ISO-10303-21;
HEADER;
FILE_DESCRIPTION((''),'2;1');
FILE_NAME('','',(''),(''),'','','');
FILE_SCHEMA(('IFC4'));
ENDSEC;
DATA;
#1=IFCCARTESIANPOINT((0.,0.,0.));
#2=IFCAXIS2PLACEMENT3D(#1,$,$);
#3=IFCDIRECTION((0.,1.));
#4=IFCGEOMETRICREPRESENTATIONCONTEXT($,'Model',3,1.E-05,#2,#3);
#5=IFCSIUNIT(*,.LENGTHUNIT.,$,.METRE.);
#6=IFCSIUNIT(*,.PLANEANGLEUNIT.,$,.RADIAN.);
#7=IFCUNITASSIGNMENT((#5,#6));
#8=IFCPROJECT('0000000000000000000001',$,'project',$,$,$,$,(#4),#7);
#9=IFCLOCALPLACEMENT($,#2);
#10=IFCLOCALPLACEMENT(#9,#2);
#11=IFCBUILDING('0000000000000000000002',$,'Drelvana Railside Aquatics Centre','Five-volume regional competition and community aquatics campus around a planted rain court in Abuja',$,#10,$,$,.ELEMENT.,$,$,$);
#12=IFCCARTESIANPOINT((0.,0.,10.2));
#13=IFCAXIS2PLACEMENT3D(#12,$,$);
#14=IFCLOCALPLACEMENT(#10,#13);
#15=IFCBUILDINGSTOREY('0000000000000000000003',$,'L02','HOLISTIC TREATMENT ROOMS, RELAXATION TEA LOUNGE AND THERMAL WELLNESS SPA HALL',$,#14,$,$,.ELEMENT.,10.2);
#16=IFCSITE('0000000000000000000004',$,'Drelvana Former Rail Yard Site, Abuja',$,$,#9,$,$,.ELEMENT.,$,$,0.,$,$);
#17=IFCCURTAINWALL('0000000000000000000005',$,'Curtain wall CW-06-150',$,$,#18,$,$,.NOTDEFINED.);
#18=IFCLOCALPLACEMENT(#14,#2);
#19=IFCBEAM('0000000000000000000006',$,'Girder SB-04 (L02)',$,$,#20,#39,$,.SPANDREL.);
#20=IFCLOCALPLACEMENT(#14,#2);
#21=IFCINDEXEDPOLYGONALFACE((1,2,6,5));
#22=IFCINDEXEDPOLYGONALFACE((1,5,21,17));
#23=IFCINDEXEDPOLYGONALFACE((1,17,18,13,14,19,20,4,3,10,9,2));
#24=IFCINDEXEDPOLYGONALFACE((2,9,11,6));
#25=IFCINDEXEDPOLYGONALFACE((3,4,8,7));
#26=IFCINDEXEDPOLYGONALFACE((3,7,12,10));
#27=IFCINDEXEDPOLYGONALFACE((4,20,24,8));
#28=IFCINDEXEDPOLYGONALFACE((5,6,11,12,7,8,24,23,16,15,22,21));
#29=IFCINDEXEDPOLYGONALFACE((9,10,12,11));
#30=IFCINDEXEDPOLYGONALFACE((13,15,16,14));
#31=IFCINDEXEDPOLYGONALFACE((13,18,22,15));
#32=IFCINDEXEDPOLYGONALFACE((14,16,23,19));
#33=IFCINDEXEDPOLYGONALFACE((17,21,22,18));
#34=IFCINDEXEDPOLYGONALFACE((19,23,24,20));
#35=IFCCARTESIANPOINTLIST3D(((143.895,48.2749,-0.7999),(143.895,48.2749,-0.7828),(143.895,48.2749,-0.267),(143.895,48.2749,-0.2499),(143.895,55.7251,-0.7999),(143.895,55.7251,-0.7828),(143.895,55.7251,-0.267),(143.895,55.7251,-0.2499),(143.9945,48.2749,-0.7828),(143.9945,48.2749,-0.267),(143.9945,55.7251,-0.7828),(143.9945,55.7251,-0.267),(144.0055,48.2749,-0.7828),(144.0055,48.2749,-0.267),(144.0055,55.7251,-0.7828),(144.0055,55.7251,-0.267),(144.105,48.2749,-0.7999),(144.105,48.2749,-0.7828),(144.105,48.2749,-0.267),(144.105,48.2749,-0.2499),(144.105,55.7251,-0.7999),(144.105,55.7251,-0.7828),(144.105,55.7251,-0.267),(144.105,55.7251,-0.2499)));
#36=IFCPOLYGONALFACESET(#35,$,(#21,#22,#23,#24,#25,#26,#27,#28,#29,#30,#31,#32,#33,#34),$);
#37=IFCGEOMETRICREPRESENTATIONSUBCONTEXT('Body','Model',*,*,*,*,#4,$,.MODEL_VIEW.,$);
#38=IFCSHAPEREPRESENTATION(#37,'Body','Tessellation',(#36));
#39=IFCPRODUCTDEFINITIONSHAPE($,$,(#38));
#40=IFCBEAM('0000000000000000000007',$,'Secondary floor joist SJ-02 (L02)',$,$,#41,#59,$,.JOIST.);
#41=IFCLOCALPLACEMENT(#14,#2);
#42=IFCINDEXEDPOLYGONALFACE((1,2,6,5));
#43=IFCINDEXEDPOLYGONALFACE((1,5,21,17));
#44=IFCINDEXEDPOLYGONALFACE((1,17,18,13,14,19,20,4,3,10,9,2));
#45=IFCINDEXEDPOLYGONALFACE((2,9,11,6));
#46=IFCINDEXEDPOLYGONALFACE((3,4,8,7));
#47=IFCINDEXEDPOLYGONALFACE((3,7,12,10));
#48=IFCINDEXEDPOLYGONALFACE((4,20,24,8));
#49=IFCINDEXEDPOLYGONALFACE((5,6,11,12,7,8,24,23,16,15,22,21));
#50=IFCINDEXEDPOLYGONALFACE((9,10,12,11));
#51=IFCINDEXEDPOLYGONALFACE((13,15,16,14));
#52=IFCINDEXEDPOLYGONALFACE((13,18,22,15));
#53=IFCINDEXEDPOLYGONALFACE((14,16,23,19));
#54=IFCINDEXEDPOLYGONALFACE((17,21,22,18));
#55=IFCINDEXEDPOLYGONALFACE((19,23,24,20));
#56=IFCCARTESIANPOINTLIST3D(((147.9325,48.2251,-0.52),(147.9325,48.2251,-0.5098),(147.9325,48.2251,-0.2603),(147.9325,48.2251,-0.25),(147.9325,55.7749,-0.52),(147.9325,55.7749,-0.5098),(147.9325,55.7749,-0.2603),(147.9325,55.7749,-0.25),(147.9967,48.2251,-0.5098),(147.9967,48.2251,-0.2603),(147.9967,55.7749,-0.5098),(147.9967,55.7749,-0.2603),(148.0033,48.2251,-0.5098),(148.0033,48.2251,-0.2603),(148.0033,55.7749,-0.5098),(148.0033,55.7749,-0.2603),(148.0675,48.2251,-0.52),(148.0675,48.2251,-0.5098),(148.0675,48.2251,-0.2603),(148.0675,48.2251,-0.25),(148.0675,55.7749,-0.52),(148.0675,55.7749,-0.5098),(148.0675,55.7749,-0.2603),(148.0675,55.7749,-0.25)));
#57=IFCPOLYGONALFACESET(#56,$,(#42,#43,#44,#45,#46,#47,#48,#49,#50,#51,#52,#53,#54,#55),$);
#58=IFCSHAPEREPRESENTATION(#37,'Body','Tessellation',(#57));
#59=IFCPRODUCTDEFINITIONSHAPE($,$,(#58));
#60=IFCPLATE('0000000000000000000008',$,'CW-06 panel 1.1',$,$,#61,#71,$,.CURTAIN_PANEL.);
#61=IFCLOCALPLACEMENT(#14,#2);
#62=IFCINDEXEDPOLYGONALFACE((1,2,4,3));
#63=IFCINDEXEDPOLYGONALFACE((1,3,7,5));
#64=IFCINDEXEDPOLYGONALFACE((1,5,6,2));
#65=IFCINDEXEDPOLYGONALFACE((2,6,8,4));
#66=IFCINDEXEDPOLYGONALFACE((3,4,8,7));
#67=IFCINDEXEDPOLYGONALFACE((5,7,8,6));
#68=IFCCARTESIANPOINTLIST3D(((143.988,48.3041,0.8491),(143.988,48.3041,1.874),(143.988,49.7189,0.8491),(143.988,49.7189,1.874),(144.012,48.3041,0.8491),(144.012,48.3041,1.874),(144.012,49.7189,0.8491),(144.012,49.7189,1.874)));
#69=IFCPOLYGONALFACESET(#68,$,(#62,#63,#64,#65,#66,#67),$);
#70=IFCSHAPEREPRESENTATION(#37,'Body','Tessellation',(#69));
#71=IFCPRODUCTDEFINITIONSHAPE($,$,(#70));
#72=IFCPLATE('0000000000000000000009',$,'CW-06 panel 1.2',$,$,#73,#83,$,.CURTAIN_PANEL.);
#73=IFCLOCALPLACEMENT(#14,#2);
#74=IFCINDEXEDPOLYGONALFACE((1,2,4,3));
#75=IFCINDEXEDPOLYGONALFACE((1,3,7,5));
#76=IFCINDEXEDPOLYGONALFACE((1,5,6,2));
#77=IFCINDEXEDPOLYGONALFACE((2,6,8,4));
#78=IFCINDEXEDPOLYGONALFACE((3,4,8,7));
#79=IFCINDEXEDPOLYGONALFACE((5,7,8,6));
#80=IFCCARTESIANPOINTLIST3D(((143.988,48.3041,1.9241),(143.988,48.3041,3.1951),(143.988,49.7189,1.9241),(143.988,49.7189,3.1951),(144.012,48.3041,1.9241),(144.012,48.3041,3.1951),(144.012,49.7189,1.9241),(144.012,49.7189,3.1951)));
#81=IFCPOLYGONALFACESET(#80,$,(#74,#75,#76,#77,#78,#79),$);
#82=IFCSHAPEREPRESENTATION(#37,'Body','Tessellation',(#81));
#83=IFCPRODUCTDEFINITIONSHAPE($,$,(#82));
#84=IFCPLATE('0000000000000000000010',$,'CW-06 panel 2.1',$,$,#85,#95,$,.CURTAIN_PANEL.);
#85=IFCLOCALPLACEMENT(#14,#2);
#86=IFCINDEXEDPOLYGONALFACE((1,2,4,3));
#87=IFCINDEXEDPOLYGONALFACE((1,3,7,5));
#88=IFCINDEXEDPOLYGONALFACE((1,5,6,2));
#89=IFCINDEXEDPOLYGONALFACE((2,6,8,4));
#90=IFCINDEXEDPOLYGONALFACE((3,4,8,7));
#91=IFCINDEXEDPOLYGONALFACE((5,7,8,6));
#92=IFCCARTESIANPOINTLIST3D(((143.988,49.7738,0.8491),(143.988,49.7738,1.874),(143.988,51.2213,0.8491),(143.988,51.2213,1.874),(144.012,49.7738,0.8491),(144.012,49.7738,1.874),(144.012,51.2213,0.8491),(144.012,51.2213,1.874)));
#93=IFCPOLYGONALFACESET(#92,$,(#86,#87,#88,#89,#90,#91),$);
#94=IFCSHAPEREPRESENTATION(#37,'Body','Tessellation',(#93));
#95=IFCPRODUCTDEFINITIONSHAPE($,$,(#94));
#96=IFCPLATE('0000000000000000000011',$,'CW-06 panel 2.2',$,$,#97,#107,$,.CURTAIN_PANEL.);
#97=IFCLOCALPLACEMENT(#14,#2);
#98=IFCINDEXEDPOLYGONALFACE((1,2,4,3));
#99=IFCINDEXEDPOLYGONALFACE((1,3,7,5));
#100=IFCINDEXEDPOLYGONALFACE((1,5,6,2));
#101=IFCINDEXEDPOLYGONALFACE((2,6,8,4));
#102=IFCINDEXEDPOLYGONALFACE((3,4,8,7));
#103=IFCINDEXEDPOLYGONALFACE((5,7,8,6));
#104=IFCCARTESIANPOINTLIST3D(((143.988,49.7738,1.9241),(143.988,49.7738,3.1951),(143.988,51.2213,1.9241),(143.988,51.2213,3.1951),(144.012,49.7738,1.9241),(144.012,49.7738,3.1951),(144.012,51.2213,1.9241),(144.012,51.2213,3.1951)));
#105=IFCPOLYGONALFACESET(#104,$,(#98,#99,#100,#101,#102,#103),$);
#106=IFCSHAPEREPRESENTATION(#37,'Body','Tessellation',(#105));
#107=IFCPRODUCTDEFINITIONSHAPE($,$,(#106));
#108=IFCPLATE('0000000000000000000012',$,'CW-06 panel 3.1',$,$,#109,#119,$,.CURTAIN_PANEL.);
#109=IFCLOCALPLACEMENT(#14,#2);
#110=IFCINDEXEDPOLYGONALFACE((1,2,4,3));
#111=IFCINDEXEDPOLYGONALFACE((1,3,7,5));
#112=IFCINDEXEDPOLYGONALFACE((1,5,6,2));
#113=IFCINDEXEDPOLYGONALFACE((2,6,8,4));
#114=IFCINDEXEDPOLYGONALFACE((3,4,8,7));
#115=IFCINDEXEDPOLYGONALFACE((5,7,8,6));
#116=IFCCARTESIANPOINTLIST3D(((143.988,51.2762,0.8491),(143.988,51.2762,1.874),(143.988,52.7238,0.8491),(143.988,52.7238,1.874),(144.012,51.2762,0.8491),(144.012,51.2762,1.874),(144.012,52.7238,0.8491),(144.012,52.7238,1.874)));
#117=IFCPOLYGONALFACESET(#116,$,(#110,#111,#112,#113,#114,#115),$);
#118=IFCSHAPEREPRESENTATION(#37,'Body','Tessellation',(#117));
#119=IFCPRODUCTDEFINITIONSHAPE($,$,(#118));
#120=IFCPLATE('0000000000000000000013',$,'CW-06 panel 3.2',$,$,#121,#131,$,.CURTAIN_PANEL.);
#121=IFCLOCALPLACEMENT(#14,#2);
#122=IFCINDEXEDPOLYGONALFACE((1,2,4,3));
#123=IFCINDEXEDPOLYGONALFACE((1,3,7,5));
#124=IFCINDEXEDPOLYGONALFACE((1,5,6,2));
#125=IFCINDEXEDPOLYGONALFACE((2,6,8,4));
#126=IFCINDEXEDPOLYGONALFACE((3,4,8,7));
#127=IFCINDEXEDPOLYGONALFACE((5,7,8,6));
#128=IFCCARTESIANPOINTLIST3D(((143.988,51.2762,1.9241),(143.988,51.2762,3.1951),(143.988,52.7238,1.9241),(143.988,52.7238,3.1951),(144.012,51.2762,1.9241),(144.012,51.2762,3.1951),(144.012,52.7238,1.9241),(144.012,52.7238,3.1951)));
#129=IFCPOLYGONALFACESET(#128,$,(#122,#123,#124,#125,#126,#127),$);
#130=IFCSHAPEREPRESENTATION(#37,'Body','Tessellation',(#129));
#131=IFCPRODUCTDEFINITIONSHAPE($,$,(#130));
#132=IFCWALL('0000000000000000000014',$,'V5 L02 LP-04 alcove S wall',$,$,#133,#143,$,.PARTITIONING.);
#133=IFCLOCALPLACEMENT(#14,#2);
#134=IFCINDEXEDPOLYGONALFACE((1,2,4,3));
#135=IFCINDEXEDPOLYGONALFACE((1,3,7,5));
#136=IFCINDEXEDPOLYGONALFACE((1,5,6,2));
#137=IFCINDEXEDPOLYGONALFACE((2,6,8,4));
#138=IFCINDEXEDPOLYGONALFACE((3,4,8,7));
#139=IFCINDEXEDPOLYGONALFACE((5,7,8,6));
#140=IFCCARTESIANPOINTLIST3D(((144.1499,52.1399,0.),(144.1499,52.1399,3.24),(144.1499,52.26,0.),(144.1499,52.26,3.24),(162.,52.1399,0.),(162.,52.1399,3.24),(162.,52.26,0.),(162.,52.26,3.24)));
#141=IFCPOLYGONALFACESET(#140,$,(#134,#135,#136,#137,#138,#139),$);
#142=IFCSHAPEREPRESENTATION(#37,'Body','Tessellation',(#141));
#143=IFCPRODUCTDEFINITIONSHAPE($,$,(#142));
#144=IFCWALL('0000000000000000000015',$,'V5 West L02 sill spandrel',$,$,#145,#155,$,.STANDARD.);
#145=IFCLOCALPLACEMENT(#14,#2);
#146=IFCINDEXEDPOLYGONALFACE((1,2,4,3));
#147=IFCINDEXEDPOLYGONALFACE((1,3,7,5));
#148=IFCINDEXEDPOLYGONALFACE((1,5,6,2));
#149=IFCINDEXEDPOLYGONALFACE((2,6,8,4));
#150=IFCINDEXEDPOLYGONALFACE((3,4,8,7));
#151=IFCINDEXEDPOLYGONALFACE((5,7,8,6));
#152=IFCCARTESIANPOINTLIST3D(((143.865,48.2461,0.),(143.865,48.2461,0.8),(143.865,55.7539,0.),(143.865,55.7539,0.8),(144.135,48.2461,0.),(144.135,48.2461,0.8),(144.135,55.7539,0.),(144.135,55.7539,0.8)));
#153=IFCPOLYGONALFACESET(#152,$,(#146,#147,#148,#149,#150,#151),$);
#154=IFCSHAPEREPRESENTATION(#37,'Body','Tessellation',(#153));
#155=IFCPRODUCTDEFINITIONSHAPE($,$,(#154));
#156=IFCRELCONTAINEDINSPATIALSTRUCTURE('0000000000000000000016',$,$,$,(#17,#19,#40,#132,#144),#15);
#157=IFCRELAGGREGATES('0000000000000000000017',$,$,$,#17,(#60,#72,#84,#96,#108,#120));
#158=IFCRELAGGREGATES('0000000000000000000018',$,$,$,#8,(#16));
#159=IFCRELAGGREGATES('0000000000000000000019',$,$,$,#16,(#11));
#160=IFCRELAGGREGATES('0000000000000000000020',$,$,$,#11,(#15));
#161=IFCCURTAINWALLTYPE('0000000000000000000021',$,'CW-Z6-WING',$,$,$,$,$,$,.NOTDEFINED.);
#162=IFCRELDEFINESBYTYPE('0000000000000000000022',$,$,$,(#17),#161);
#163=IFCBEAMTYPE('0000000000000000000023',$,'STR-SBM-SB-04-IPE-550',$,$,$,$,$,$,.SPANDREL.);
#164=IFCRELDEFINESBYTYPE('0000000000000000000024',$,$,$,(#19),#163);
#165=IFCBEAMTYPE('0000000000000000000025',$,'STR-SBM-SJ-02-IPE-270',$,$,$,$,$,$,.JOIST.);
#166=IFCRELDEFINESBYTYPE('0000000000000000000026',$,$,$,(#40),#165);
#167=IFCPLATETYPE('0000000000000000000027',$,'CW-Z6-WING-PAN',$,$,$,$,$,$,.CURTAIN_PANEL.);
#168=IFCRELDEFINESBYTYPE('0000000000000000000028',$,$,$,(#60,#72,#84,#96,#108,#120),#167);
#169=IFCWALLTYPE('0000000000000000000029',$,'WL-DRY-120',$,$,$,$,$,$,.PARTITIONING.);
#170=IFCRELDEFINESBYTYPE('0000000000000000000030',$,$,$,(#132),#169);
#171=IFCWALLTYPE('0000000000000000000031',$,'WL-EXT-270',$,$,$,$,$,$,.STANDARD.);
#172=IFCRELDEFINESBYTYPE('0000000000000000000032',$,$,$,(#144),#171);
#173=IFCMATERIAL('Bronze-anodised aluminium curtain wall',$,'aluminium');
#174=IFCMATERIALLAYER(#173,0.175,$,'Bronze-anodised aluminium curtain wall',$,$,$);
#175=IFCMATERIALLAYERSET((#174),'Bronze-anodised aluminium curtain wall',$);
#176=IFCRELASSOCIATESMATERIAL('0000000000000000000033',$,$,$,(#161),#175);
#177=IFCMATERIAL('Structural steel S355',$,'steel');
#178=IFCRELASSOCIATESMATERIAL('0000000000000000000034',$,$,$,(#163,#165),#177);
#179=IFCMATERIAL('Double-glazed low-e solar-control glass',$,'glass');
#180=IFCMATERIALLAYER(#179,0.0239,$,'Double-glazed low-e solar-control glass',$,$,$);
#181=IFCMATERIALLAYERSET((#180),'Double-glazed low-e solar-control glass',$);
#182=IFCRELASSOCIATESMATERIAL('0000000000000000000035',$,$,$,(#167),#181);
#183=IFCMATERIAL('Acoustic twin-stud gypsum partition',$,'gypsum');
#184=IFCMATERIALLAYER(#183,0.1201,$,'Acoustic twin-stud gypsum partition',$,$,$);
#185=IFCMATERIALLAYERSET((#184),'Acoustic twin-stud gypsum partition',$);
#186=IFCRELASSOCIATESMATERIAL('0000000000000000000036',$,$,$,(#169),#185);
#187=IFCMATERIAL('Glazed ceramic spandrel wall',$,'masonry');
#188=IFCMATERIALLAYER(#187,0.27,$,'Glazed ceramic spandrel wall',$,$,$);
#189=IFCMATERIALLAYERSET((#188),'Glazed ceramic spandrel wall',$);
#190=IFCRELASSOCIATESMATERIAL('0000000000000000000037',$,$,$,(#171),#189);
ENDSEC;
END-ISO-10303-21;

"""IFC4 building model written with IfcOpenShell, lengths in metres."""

from ifc_helpers import new_model, si_unit, direction, frame, frame_2d, origin, origin_2d, place, context, subcontext, project, spatial, rectangle, i_section, extrude, material, layer, layer_set, material_profile, profile_set, type_object, element, aggregate, save


model = new_model("IFC4")

# Units and contexts
model_context = context("Model", 3, precision=1e-05, world=origin(), true_north=direction((0.0, 1.0)))
body_context = subcontext(model_context, "Body", "Model", "MODEL_VIEW")
ifc_project = project(units=[si_unit("LENGTHUNIT", "METRE"), si_unit("PLANEANGLEUNIT", "RADIAN")], contexts=[model_context])

# Site, building, storey
site_placement = place(None, origin())
site = spatial("IfcSite", under=ifc_project, at=site_placement, Name="Drelvana Former Rail Yard Site, Abuja", CompositionType="ELEMENT", RefElevation=0.0)
building_placement = place(site_placement, origin())
building = spatial("IfcBuilding", under=site, at=building_placement, Name="Drelvana Railside Aquatics Centre", Description="Five-volume regional competition and community aquatics campus around a planted rain court in Abuja", CompositionType="ELEMENT")
storey_placement = place(building_placement, frame((0.0, 0.0, 10.2)))
storey = spatial("IfcBuildingStorey", under=building, at=storey_placement, Name="L02", Description="HOLISTIC TREATMENT ROOMS, RELAXATION TEA LOUNGE AND THERMAL WELLNESS SPA HALL", CompositionType="ELEMENT", Elevation=10.2)

# Curtain wall
ifc_material_1 = material(Name="Bronze-anodised aluminium curtain wall", Category="aluminium")
ifc_layer_1 = layer(ifc_material_1, 0.175, Name="Bronze-anodised aluminium curtain wall")
ifc_layer_set_1 = layer_set([ifc_layer_1], Name="Bronze-anodised aluminium curtain wall")
curtain_wall_type = type_object("IfcCurtainWallType", Name="CW-Z6-WING", PredefinedType="NOTDEFINED", material=ifc_layer_set_1)
curtain_wall_placement = place(storey_placement, origin())
curtain_wall = element("IfcCurtainWall", 1, at=curtain_wall_placement, inside=storey, type_object=curtain_wall_type, Name="Curtain wall CW-06-150", PredefinedType="NOTDEFINED")

# Beams
ifc_material_2 = material(Name="Structural steel S355", Category="steel")
ifc_material_profile_1 = material_profile(ifc_material_2, i_section(OverallWidth=0.21, OverallDepth=0.55, WebThickness=0.011, FlangeThickness=0.0171, at=origin_2d()), Name="IPE 550")
ifc_profile_set_1 = profile_set([ifc_material_profile_1], Name="Structural steel S355")
beam_type_1 = type_object("IfcBeamType", Name="STR-SBM-SB-04-IPE-550", PredefinedType="SPANDREL", material=ifc_profile_set_1)
beam_1_placement = place(storey_placement, frame((144.0, 48.2749, -0.5249), z_axis=(0.0, 1.0, 0.0), x_axis=(-1.0, 0.0, 0.0)))
element("IfcBeam", 2, at=beam_1_placement, inside=storey, type_object=beam_type_1, Name="Girder SB-04 (L02)", PredefinedType="SPANDREL", context=body_context, shape_type="SweptSolid", body=[
    extrude(i_section(OverallWidth=0.21, OverallDepth=0.55, WebThickness=0.011, FlangeThickness=0.0171, at=origin_2d()), origin(), (0.0, 0.0, 1.0), 7.4502),
])
ifc_material_profile_2 = material_profile(ifc_material_2, i_section(OverallWidth=0.135, OverallDepth=0.27, WebThickness=0.0066, FlangeThickness=0.0103, at=origin_2d()), Name="IPE 270")
ifc_profile_set_2 = profile_set([ifc_material_profile_2], Name="Structural steel S355")
beam_type_2 = type_object("IfcBeamType", Name="STR-SBM-SJ-02-IPE-270", PredefinedType="JOIST", material=ifc_profile_set_2)
beam_2_placement = place(storey_placement, frame((148.0, 48.2251, -0.385), z_axis=(0.0, 1.0, 0.0), x_axis=(-1.0, 0.0, 0.0)))
element("IfcBeam", 3, at=beam_2_placement, inside=storey, type_object=beam_type_2, Name="Secondary floor joist SJ-02 (L02)", PredefinedType="JOIST", context=body_context, shape_type="SweptSolid", body=[
    extrude(i_section(OverallWidth=0.135, OverallDepth=0.27, WebThickness=0.0066, FlangeThickness=0.0103, at=origin_2d()), origin(), (0.0, 0.0, 1.0), 7.5498),
])

# Plates
ifc_material_3 = material(Name="Double-glazed low-e solar-control glass", Category="glass")
ifc_layer_2 = layer(ifc_material_3, 0.0239, Name="Double-glazed low-e solar-control glass")
ifc_layer_set_2 = layer_set([ifc_layer_2], Name="Double-glazed low-e solar-control glass")
plate_type = type_object("IfcPlateType", Name="CW-Z6-WING-PAN", PredefinedType="CURTAIN_PANEL", material=ifc_layer_set_2)
plate_1_placement = place(storey_placement, frame((144.0, 49.0115, 0.8491), z_axis=(0.0, 0.0, 1.0), x_axis=(0.0, 1.0, 0.0)))
plate_1 = element("IfcPlate", 4, at=plate_1_placement, type_object=plate_type, Name="CW-06 panel 1.1", PredefinedType="CURTAIN_PANEL", context=body_context, shape_type="SweptSolid", body=[
    extrude(rectangle(XDim=1.4148, YDim=0.0239, at=origin_2d()), origin(), (0.0, 0.0, 1.0), 1.0249),
])
plate_2_placement = place(storey_placement, frame((144.0, 49.0115, 1.9241), z_axis=(0.0, 0.0, 1.0), x_axis=(0.0, 1.0, 0.0)))
plate_2 = element("IfcPlate", 5, at=plate_2_placement, type_object=plate_type, Name="CW-06 panel 1.2", PredefinedType="CURTAIN_PANEL", context=body_context, shape_type="SweptSolid", body=[
    extrude(rectangle(XDim=1.4148, YDim=0.0239, at=origin_2d()), origin(), (0.0, 0.0, 1.0), 1.271),
])
plate_3_placement = place(storey_placement, frame((144.0, 50.4976, 0.8491), z_axis=(0.0, 0.0, 1.0), x_axis=(0.0, 1.0, 0.0)))
plate_3 = element("IfcPlate", 6, at=plate_3_placement, type_object=plate_type, Name="CW-06 panel 2.1", PredefinedType="CURTAIN_PANEL", context=body_context, shape_type="SweptSolid", body=[
    extrude(rectangle(XDim=1.4475, YDim=0.0239, at=origin_2d()), origin(), (0.0, 0.0, 1.0), 1.0249),
])
plate_4_placement = place(storey_placement, frame((144.0, 50.4976, 1.9241), z_axis=(0.0, 0.0, 1.0), x_axis=(0.0, 1.0, 0.0)))
plate_4 = element("IfcPlate", 7, at=plate_4_placement, type_object=plate_type, Name="CW-06 panel 2.2", PredefinedType="CURTAIN_PANEL", context=body_context, shape_type="SweptSolid", body=[
    extrude(rectangle(XDim=1.4475, YDim=0.0239, at=origin_2d()), origin(), (0.0, 0.0, 1.0), 1.271),
])
plate_5_placement = place(storey_placement, frame((144.0, 52.0, 0.8491), z_axis=(0.0, 0.0, 1.0), x_axis=(0.0, 1.0, 0.0)))
plate_5 = element("IfcPlate", 8, at=plate_5_placement, type_object=plate_type, Name="CW-06 panel 3.1", PredefinedType="CURTAIN_PANEL", context=body_context, shape_type="SweptSolid", body=[
    extrude(rectangle(XDim=1.4475, YDim=0.0239, at=origin_2d()), origin(), (0.0, 0.0, 1.0), 1.0249),
])
plate_6_placement = place(storey_placement, frame((144.0, 52.0, 1.9241), z_axis=(0.0, 0.0, 1.0), x_axis=(0.0, 1.0, 0.0)))
plate_6 = element("IfcPlate", 9, at=plate_6_placement, type_object=plate_type, Name="CW-06 panel 3.2", PredefinedType="CURTAIN_PANEL", context=body_context, shape_type="SweptSolid", body=[
    extrude(rectangle(XDim=1.4475, YDim=0.0239, at=origin_2d()), origin(), (0.0, 0.0, 1.0), 1.271),
])
aggregate(curtain_wall, [plate_1, plate_2, plate_3, plate_4, plate_5, plate_6])

# Walls
ifc_material_4 = material(Name="Acoustic twin-stud gypsum partition", Category="gypsum")
ifc_layer_3 = layer(ifc_material_4, 0.1201, Name="Acoustic twin-stud gypsum partition")
ifc_layer_set_3 = layer_set([ifc_layer_3], Name="Acoustic twin-stud gypsum partition")
wall_type_1 = type_object("IfcWallType", Name="WL-DRY-120", PredefinedType="PARTITIONING", material=ifc_layer_set_3)
wall_1_placement = place(storey_placement, frame((144.1499, 52.2, 0.0), z_axis=(0.0, 0.0, 1.0), x_axis=(1.0, 0.0, 0.0)))
element("IfcWall", 10, at=wall_1_placement, inside=storey, type_object=wall_type_1, Name="V5 L02 LP-04 alcove S wall", PredefinedType="PARTITIONING", context=body_context, shape_type="SweptSolid", body=[
    extrude(rectangle(XDim=17.8501, YDim=0.1201, at=frame_2d((8.925, 0.0))), origin(), (0.0, 0.0, 1.0), 3.24),
])
ifc_material_5 = material(Name="Glazed ceramic spandrel wall", Category="masonry")
ifc_layer_4 = layer(ifc_material_5, 0.27, Name="Glazed ceramic spandrel wall")
ifc_layer_set_4 = layer_set([ifc_layer_4], Name="Glazed ceramic spandrel wall")
wall_type_2 = type_object("IfcWallType", Name="WL-EXT-270", PredefinedType="STANDARD", material=ifc_layer_set_4)
wall_2_placement = place(storey_placement, frame((144.0, 48.2461, 0.0), z_axis=(0.0, 0.0, 1.0), x_axis=(0.0, 1.0, 0.0)))
element("IfcWall", 11, at=wall_2_placement, inside=storey, type_object=wall_type_2, Name="V5 West L02 sill spandrel", PredefinedType="STANDARD", context=body_context, shape_type="SweptSolid", body=[
    extrude(rectangle(XDim=7.5078, YDim=0.27, at=frame_2d((3.7539, 0.0))), origin(), (0.0, 0.0, 1.0), 0.8),
])

save(model, "model.ifc")
